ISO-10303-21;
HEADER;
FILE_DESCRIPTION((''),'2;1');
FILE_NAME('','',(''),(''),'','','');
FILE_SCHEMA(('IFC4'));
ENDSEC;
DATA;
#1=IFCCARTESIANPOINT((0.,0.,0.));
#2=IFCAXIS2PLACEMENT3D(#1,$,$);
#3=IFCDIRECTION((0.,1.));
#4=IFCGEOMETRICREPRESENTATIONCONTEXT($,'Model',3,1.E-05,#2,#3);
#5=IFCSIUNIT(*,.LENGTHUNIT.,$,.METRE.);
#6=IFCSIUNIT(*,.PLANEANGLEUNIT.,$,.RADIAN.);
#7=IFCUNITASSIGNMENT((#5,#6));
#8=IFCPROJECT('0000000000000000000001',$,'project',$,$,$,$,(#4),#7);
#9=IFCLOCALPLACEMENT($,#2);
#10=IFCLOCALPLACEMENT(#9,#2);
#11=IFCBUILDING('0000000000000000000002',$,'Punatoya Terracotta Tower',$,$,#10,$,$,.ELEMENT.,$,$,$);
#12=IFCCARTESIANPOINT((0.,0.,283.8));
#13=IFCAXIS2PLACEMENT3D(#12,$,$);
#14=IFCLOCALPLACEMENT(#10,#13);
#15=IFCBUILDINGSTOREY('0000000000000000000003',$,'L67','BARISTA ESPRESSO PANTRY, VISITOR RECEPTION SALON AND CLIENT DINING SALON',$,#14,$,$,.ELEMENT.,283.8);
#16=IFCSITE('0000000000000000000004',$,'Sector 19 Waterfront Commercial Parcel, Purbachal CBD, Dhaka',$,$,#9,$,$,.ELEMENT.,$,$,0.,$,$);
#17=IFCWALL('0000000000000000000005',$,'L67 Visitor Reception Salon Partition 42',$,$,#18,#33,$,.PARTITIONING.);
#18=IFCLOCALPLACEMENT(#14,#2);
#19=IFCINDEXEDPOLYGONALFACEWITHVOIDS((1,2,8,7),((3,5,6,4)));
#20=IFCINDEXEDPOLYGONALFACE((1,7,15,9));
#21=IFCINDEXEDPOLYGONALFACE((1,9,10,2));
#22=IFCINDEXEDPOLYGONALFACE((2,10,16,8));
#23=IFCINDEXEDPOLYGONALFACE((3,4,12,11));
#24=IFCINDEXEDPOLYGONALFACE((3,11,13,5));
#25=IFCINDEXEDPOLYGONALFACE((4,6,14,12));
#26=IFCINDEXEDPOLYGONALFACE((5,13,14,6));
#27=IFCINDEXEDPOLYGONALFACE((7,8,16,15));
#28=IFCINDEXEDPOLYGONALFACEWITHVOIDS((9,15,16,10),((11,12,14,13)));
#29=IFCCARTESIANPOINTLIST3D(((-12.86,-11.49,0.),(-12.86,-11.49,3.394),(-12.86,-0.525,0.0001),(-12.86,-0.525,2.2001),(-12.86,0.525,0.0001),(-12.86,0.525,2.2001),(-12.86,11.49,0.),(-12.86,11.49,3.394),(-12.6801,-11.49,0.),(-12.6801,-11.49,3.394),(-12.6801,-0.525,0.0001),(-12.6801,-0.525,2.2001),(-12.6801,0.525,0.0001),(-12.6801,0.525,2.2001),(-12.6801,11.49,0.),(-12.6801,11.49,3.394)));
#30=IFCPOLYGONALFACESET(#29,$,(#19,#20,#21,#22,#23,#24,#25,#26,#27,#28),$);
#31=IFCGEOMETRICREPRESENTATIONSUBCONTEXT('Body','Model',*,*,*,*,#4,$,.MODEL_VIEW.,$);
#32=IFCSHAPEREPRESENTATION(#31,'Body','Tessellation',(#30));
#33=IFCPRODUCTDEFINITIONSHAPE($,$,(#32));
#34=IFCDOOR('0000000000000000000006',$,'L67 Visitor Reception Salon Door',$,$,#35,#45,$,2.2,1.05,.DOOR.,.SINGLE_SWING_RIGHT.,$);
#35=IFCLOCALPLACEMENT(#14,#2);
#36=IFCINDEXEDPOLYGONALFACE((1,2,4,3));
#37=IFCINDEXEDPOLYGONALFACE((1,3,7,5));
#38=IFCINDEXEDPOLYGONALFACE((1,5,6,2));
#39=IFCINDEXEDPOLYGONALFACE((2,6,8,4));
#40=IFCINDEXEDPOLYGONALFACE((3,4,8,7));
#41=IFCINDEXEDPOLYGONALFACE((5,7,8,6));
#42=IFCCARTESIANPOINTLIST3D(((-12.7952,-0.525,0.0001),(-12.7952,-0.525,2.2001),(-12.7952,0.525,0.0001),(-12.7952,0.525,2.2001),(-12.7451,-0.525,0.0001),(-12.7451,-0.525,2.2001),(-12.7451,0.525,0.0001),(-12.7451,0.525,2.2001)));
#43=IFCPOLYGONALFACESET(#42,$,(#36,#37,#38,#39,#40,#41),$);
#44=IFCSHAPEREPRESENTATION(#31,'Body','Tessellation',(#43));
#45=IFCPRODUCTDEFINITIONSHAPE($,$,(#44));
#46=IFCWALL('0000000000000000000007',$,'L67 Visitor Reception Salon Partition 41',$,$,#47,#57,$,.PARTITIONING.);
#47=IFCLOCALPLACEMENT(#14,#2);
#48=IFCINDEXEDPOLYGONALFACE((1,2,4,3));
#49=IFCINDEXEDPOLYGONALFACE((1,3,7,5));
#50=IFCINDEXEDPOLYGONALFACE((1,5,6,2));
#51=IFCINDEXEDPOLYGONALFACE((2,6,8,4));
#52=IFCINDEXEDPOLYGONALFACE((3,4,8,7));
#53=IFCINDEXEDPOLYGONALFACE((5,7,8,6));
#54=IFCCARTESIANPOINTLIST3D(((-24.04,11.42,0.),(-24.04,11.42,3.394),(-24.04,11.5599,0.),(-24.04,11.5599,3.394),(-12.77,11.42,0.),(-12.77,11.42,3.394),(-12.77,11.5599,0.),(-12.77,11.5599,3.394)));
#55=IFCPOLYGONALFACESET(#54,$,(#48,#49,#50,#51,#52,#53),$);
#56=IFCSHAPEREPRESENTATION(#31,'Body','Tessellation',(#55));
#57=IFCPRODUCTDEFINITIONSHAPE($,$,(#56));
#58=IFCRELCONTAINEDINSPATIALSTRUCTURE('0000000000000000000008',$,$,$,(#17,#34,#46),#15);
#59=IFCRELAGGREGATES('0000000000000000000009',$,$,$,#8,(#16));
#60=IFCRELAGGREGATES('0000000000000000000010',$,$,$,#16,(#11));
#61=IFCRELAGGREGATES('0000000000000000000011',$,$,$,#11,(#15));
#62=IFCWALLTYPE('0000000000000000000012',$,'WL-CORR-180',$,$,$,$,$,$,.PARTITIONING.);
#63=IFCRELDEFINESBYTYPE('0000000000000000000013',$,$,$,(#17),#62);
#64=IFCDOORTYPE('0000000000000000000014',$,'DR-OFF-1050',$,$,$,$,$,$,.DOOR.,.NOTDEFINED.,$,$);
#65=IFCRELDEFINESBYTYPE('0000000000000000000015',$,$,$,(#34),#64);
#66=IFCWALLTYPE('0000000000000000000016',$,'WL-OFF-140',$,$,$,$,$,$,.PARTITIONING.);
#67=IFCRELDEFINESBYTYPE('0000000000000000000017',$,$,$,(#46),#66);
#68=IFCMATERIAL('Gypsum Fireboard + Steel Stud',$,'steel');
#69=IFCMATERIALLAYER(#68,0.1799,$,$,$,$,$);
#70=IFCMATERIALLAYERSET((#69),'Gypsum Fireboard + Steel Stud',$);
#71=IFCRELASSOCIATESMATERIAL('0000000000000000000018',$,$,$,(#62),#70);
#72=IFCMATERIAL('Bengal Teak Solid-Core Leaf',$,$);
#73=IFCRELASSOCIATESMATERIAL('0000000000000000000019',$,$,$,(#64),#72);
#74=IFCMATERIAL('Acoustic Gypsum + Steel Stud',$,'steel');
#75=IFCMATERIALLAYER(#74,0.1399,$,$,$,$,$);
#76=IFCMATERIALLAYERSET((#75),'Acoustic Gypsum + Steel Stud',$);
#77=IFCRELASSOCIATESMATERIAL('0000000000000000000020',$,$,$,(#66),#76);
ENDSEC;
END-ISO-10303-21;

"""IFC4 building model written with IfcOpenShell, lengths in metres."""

from ifc_helpers import new_model, si_unit, direction, frame, frame_2d, origin, place, context, subcontext, project, spatial, rectangle, extrude, material, layer, layer_set, type_object, element, fill, save


model = new_model("IFC4")

# Units and contexts
model_context = context("Model", 3, precision=1e-05, world=origin(), true_north=direction((0.0, 1.0)))
body_context = subcontext(model_context, "Body", "Model", "MODEL_VIEW")
ifc_project = project(units=[si_unit("LENGTHUNIT", "METRE"), si_unit("PLANEANGLEUNIT", "RADIAN")], contexts=[model_context])

# Site, building, storey
site_placement = place(None, origin())
site = spatial("IfcSite", under=ifc_project, at=site_placement, Name="Sector 19 Waterfront Commercial Parcel, Purbachal CBD, Dhaka", CompositionType="ELEMENT", RefElevation=0.0)
building_placement = place(site_placement, origin())
building = spatial("IfcBuilding", under=site, at=building_placement, Name="Punatoya Terracotta Tower", CompositionType="ELEMENT")
storey_placement = place(building_placement, frame((0.0, 0.0, 283.8)))
storey = spatial("IfcBuildingStorey", under=building, at=storey_placement, Name="L67", Description="BARISTA ESPRESSO PANTRY, VISITOR RECEPTION SALON AND CLIENT DINING SALON", CompositionType="ELEMENT", Elevation=283.8)

# Wall, opening, door
ifc_material_1 = material(Name="Gypsum Fireboard + Steel Stud", Category="steel")
ifc_layer_1 = layer(ifc_material_1, 0.1799)
ifc_layer_set_1 = layer_set([ifc_layer_1], Name="Gypsum Fireboard + Steel Stud")
wall_type_1 = type_object("IfcWallType", Name="WL-CORR-180", PredefinedType="PARTITIONING", material=ifc_layer_set_1)
wall_1_placement = place(storey_placement, frame((-12.77, 11.49, 0.0), z_axis=(0.0, 0.0, 1.0), x_axis=(0.0, -1.0, 0.0)))
wall_1 = element("IfcWall", 1, at=wall_1_placement, inside=storey, type_object=wall_type_1, Name="L67 Visitor Reception Salon Partition 42", PredefinedType="PARTITIONING", context=body_context, shape_type="SweptSolid", body=[
    extrude(rectangle(XDim=22.98, YDim=0.1799, at=frame_2d((11.49, 0.0))), origin(), (0.0, 0.0, 1.0), 3.394),
])
opening_placement = place(wall_1_placement, frame((10.9651, 0.0, 0.0)))
opening = element("IfcOpeningElement", 2, at=opening_placement, cuts=wall_1, PredefinedType="OPENING", context=body_context, shape_type="SweptSolid", body=[
    extrude(rectangle(XDim=1.05, YDim=2.2, at=frame_2d((0.5249, 1.1001))), frame((0.0, 0.0999, 0.0), z_axis=(0.0, -1.0, 0.0), x_axis=(1.0, 0.0, 0.0)), (0.0, 0.0, 1.0), 0.2),
])
ifc_material_2 = material(Name="Bengal Teak Solid-Core Leaf")
door_type = type_object("IfcDoorType", Name="DR-OFF-1050", OperationType="NOTDEFINED", PredefinedType="DOOR", material=ifc_material_2)
door_placement = place(opening_placement, origin())
door = element("IfcDoor", 3, at=door_placement, inside=storey, type_object=door_type, Name="L67 Visitor Reception Salon Door", OperationType="SINGLE_SWING_RIGHT", OverallHeight=2.2, OverallWidth=1.05, PredefinedType="DOOR", context=body_context, shape_type="SweptSolid", body=[
    extrude(rectangle(XDim=1.05, YDim=2.2, at=frame_2d((0.5249, 1.1001))), frame((0.0, 0.0249, 0.0), z_axis=(0.0, -1.0, 0.0), x_axis=(1.0, 0.0, 0.0)), (0.0, 0.0, 1.0), 0.05),
])
fill(opening, door)

# Wall
ifc_material_3 = material(Name="Acoustic Gypsum + Steel Stud", Category="steel")
ifc_layer_2 = layer(ifc_material_3, 0.1399)
ifc_layer_set_2 = layer_set([ifc_layer_2], Name="Acoustic Gypsum + Steel Stud")
wall_type_2 = type_object("IfcWallType", Name="WL-OFF-140", PredefinedType="PARTITIONING", material=ifc_layer_set_2)
wall_2_placement = place(storey_placement, frame((-24.04, 11.49, 0.0), z_axis=(0.0, 0.0, 1.0), x_axis=(1.0, 0.0, 0.0)))
element("IfcWall", 4, at=wall_2_placement, inside=storey, type_object=wall_type_2, Name="L67 Visitor Reception Salon Partition 41", PredefinedType="PARTITIONING", context=body_context, shape_type="SweptSolid", body=[
    extrude(rectangle(XDim=11.27, YDim=0.1399, at=frame_2d((5.635, 0.0))), origin(), (0.0, 0.0, 1.0), 3.394),
])

save(model, "model.ifc")
